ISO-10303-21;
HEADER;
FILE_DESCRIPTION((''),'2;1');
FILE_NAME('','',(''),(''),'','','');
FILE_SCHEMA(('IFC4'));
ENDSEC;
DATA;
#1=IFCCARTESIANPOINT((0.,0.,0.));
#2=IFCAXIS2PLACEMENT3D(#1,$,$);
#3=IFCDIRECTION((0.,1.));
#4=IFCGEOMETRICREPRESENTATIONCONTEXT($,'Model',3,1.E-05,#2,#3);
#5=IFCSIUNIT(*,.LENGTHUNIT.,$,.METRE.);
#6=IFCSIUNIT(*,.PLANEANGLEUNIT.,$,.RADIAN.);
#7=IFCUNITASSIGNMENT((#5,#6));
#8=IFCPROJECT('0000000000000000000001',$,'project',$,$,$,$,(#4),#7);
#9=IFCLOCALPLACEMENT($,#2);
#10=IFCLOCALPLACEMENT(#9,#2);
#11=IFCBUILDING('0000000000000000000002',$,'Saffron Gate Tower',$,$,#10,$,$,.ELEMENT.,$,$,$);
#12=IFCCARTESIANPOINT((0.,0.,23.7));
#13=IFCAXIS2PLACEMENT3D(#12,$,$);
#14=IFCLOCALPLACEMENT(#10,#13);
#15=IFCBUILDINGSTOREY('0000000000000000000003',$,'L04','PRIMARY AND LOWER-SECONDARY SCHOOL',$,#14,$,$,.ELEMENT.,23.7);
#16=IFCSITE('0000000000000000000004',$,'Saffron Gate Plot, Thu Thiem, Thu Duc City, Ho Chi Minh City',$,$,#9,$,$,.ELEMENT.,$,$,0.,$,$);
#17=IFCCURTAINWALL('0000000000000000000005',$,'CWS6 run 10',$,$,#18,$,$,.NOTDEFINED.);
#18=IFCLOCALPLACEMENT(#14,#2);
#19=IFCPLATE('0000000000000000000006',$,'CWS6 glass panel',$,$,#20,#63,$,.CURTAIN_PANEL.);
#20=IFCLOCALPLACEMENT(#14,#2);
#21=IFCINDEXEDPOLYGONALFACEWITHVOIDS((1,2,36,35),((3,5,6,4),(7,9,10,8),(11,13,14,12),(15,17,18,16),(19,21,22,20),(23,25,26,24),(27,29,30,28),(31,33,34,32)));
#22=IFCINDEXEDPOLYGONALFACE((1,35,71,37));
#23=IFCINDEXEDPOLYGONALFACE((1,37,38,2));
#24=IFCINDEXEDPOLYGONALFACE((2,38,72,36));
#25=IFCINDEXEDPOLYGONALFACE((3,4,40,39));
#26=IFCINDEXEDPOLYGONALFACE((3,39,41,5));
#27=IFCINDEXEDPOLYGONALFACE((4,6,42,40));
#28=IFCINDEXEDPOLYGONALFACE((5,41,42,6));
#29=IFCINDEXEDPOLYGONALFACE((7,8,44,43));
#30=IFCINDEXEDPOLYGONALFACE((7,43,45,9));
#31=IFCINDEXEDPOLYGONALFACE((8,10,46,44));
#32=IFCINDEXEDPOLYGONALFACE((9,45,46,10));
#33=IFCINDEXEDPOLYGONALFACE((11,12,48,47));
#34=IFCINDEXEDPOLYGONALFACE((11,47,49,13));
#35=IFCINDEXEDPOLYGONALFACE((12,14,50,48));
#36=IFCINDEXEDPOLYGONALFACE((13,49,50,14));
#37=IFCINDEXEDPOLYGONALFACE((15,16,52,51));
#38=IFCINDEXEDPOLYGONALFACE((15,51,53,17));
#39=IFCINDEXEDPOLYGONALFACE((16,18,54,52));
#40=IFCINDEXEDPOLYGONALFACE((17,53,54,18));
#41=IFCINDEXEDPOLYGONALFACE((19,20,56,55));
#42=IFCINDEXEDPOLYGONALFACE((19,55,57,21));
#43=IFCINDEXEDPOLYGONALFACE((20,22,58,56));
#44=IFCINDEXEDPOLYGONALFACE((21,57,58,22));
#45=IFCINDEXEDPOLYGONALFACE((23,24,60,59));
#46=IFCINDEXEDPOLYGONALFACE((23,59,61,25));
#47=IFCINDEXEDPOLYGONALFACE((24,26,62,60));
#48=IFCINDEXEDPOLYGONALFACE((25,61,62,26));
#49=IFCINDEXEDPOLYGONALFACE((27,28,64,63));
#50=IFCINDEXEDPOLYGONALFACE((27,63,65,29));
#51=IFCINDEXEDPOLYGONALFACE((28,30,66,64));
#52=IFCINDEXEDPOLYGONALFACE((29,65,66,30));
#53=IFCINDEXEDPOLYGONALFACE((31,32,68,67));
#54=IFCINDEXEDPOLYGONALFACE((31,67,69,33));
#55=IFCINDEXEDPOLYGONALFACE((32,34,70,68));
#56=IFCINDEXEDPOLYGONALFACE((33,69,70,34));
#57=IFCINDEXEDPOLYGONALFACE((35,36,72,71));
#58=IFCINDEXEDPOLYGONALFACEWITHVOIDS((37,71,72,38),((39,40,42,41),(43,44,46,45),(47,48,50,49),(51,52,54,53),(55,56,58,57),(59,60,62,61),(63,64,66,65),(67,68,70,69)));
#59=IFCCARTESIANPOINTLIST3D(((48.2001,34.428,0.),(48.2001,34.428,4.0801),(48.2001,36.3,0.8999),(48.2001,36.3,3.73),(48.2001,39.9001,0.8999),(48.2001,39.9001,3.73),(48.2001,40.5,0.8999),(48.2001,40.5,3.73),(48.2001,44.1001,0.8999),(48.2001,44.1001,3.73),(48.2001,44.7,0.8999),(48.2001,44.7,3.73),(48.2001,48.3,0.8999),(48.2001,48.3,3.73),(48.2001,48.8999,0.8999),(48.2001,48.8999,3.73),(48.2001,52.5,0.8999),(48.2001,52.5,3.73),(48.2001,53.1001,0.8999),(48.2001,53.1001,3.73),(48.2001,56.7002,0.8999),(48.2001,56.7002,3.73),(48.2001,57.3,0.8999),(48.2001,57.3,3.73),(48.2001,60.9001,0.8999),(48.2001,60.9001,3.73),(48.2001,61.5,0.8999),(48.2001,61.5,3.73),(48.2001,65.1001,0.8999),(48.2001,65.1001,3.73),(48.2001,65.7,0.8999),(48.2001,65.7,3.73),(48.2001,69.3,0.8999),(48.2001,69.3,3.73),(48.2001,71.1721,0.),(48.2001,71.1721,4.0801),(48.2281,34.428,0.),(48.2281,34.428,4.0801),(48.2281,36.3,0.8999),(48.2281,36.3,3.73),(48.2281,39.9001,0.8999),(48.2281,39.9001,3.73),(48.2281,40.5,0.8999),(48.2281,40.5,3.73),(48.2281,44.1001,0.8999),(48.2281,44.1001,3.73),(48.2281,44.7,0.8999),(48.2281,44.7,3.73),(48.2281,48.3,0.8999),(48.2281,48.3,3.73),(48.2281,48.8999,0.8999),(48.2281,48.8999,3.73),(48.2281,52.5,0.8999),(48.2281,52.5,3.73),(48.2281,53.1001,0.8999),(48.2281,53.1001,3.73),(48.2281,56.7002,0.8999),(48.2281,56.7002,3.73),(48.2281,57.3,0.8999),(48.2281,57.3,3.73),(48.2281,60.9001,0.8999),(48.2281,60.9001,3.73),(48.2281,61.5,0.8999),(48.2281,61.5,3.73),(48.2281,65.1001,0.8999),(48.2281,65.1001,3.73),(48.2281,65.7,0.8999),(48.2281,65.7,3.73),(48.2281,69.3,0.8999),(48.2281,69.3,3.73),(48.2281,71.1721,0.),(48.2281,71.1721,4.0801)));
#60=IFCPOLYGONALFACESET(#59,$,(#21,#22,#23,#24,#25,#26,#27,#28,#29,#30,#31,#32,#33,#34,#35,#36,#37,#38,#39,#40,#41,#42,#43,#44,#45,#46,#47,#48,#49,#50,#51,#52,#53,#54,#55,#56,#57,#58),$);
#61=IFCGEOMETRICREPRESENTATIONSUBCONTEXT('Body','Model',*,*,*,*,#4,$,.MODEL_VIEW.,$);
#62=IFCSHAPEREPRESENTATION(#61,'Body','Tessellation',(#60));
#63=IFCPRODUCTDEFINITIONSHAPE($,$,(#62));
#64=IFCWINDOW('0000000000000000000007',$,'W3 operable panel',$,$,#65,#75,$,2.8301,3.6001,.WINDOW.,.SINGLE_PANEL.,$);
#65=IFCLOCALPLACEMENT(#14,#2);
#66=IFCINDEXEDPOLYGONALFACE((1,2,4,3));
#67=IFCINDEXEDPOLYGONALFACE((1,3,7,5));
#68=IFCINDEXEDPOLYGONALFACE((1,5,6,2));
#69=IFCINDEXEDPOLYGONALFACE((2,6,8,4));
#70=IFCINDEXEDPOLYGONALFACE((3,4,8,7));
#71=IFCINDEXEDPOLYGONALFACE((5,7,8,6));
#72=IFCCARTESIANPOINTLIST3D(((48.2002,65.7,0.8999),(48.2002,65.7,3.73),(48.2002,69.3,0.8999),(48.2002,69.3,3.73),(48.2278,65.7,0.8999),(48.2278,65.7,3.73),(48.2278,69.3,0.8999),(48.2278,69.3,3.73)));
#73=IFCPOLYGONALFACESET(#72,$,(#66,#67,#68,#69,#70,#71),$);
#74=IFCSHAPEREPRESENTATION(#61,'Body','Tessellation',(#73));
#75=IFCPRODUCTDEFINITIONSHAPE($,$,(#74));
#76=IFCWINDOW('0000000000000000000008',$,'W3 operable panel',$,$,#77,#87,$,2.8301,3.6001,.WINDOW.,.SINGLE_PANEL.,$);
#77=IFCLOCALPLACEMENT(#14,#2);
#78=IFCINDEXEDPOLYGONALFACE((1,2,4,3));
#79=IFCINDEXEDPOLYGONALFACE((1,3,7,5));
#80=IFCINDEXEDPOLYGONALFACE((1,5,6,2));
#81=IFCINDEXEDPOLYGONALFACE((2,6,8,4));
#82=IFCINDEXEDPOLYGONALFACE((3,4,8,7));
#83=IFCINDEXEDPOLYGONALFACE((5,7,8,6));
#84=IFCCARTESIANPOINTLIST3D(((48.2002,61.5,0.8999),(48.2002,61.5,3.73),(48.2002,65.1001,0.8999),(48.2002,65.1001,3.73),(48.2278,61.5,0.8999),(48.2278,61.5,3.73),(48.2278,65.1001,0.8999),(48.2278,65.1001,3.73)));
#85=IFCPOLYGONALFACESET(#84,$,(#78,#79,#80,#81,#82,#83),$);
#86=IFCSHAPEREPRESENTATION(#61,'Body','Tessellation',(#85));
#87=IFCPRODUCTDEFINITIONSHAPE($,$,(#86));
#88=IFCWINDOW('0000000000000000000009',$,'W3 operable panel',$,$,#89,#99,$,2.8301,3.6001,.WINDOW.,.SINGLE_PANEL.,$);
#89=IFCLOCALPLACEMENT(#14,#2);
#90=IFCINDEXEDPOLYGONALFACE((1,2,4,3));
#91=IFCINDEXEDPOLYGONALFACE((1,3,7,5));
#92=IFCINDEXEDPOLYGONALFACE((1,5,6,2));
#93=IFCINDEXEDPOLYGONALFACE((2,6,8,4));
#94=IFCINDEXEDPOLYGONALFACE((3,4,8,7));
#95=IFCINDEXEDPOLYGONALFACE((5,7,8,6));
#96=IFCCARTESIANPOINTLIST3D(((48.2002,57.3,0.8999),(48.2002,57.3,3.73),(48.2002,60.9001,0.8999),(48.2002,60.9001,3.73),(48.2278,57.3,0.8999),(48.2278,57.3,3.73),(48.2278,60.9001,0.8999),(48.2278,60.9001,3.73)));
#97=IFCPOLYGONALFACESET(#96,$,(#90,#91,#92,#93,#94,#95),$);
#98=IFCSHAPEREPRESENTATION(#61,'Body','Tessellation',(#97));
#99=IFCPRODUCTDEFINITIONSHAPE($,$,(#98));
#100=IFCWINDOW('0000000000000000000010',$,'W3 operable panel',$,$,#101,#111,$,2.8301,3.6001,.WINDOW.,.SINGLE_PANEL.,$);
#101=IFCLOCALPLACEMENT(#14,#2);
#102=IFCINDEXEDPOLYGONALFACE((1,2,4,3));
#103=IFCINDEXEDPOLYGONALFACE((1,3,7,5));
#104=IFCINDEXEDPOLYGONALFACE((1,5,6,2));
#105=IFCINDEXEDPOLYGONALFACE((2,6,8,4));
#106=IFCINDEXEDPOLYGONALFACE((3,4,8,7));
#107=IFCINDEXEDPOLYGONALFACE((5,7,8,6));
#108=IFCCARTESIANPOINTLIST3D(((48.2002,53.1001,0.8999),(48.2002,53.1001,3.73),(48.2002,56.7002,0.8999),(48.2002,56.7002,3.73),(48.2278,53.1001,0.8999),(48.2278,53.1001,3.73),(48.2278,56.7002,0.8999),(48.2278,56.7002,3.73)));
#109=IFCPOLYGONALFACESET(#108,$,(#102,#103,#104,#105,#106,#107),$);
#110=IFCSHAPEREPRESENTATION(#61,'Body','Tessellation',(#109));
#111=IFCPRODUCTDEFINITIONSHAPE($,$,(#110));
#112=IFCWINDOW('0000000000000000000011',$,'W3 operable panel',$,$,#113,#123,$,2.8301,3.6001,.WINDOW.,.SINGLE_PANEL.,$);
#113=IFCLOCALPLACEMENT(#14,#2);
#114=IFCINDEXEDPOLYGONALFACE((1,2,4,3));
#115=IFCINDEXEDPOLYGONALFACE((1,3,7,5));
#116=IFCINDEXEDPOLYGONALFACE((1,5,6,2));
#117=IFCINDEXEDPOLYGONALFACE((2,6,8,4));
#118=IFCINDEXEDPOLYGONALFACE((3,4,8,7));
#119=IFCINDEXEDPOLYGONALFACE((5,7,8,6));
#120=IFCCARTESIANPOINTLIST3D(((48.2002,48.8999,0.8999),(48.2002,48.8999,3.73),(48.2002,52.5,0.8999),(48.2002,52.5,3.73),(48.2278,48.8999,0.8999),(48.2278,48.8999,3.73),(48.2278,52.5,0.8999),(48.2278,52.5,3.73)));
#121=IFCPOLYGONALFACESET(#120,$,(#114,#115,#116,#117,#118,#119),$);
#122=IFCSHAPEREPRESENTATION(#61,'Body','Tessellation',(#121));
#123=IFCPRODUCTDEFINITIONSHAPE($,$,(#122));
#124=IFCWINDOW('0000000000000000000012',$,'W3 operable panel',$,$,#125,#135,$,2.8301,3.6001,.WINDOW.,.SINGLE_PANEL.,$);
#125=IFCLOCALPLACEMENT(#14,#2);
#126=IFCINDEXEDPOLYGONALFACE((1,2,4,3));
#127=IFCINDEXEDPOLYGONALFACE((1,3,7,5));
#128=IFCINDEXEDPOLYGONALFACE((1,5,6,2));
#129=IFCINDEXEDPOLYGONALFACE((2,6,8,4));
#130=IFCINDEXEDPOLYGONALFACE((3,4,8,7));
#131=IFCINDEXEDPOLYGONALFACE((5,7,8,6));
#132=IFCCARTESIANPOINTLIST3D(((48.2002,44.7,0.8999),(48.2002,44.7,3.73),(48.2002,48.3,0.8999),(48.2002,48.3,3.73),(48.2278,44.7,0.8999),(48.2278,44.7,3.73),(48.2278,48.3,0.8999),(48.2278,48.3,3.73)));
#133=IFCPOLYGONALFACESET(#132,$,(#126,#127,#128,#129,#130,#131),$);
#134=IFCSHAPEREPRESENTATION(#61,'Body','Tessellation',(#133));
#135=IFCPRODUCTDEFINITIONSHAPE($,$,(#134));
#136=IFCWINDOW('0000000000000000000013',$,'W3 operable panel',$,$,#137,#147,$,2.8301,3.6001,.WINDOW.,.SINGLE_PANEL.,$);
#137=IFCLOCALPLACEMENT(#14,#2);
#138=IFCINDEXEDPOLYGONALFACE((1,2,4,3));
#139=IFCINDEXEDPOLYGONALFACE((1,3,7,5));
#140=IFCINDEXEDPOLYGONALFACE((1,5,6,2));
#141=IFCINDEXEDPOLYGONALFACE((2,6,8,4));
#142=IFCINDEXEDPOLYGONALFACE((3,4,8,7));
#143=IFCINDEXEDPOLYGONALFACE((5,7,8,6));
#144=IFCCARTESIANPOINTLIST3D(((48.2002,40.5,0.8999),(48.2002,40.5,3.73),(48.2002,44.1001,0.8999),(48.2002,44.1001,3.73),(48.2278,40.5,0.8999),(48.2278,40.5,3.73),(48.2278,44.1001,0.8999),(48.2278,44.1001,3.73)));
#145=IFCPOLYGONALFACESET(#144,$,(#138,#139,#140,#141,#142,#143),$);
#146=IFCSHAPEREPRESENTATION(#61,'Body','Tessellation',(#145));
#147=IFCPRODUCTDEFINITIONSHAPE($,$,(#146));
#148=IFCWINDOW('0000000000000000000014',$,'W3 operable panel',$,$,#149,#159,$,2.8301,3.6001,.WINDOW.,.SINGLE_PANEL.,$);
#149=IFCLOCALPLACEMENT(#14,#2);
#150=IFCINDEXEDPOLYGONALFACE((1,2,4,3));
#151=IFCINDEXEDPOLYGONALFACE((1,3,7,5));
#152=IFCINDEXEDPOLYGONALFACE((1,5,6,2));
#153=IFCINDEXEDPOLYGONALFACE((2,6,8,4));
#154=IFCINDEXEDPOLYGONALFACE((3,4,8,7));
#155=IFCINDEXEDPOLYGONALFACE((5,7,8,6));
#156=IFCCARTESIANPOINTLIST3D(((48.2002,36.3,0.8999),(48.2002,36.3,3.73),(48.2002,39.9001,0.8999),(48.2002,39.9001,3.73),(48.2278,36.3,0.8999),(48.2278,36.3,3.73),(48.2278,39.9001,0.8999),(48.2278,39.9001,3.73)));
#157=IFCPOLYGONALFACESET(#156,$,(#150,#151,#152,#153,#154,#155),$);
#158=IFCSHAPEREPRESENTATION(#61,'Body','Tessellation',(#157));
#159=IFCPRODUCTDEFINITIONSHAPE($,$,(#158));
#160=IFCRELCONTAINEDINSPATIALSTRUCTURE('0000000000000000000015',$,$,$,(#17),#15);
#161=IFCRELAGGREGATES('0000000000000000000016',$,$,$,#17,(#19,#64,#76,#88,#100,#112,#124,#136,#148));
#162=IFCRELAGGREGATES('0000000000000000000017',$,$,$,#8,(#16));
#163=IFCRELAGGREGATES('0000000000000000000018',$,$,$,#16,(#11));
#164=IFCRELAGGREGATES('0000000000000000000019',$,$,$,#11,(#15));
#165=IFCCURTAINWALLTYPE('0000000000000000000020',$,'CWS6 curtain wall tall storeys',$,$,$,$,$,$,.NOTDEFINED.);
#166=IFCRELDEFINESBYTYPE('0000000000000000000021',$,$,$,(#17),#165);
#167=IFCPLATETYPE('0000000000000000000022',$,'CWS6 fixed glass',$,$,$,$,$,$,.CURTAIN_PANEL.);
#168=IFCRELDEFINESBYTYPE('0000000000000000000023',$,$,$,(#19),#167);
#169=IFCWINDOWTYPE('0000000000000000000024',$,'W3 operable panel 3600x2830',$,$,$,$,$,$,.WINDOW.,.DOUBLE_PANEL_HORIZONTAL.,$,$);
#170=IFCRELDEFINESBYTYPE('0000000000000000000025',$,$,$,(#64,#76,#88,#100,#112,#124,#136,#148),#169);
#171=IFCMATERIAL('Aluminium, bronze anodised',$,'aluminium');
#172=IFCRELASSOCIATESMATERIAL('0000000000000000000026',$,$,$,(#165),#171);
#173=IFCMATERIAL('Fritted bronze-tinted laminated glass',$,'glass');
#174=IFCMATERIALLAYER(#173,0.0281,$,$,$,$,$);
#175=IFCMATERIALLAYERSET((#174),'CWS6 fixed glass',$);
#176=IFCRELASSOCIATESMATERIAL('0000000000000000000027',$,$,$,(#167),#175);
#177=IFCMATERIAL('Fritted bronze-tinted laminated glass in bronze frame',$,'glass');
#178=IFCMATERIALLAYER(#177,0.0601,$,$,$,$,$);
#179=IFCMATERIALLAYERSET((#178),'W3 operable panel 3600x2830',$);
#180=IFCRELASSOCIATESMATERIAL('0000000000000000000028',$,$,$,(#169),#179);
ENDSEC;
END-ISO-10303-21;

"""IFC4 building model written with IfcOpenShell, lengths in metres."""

from ifc_helpers import new_model, si_unit, direction, frame, frame_2d, origin, place, context, subcontext, project, spatial, rectangle, extrude, material, layer, layer_set, type_object, element, fill, aggregate, save


model = new_model("IFC4")

# Units and contexts
model_context = context("Model", 3, precision=1e-05, world=origin(), true_north=direction((0.0, 1.0)))
body_context = subcontext(model_context, "Body", "Model", "MODEL_VIEW")
ifc_project = project(units=[si_unit("LENGTHUNIT", "METRE"), si_unit("PLANEANGLEUNIT", "RADIAN")], contexts=[model_context])

# Site, building, storey
site_placement = place(None, origin())
site = spatial("IfcSite", under=ifc_project, at=site_placement, Name="Saffron Gate Plot, Thu Thiem, Thu Duc City, Ho Chi Minh City", CompositionType="ELEMENT", RefElevation=0.0)
building_placement = place(site_placement, origin())
building = spatial("IfcBuilding", under=site, at=building_placement, Name="Saffron Gate Tower", CompositionType="ELEMENT")
storey_placement = place(building_placement, frame((0.0, 0.0, 23.7)))
storey = spatial("IfcBuildingStorey", under=building, at=storey_placement, Name="L04", Description="PRIMARY AND LOWER-SECONDARY SCHOOL", CompositionType="ELEMENT", Elevation=23.7)

# Shared definitions
ifc_material_1 = material(Name="Aluminium, bronze anodised", Category="aluminium")
curtain_wall_type = type_object("IfcCurtainWallType", Name="CWS6 curtain wall tall storeys", PredefinedType="NOTDEFINED", material=ifc_material_1)

# Curtain wall, plate, openings, windows
curtain_wall_1_placement = place(storey_placement, origin())
curtain_wall_1 = element("IfcCurtainWall", 1, at=curtain_wall_1_placement, inside=storey, type_object=curtain_wall_type, Name="CWS6 run 10", PredefinedType="NOTDEFINED")
ifc_material_2 = material(Name="Fritted bronze-tinted laminated glass", Category="glass")
ifc_layer_1 = layer(ifc_material_2, 0.0281)
ifc_layer_set_1 = layer_set([ifc_layer_1], Name="CWS6 fixed glass")
plate_type = type_object("IfcPlateType", Name="CWS6 fixed glass", PredefinedType="CURTAIN_PANEL", material=ifc_layer_set_1)
plate_placement = place(storey_placement, frame((48.2141, 71.1721, 0.0), z_axis=(0.0, 0.0, 1.0), x_axis=(0.0, -1.0, 0.0)))
plate = element("IfcPlate", 2, at=plate_placement, type_object=plate_type, Name="CWS6 glass panel", PredefinedType="CURTAIN_PANEL", context=body_context, shape_type="SweptSolid", body=[
    extrude(rectangle(XDim=36.7441, YDim=0.0281, at=frame_2d((18.3721, 0.0))), origin(), (0.0, 0.0, 1.0), 4.0801),
])
opening_1_placement = place(plate_placement, frame((1.8721, 0.0, 0.8999)))
opening_1 = element("IfcOpeningElement", 3, at=opening_1_placement, cuts=plate, PredefinedType="OPENING", context=body_context, shape_type="SweptSolid", body=[
    extrude(rectangle(XDim=3.6001, YDim=2.8301, at=frame_2d((1.8, 1.415))), frame((0.0, 0.0239, 0.0), z_axis=(0.0, -1.0, 0.0), x_axis=(1.0, 0.0, 0.0)), (0.0, 0.0, 1.0), 0.0481),
])
opening_2_placement = place(plate_placement, frame((6.072, 0.0, 0.8999)))
opening_2 = element("IfcOpeningElement", 4, at=opening_2_placement, cuts=plate, PredefinedType="OPENING", context=body_context, shape_type="SweptSolid", body=[
    extrude(rectangle(XDim=3.6001, YDim=2.8301, at=frame_2d((1.8, 1.415))), frame((0.0, 0.0239, 0.0), z_axis=(0.0, -1.0, 0.0), x_axis=(1.0, 0.0, 0.0)), (0.0, 0.0, 1.0), 0.0481),
])
opening_3_placement = place(plate_placement, frame((10.272, 0.0, 0.8999)))
opening_3 = element("IfcOpeningElement", 5, at=opening_3_placement, cuts=plate, PredefinedType="OPENING", context=body_context, shape_type="SweptSolid", body=[
    extrude(rectangle(XDim=3.6001, YDim=2.8301, at=frame_2d((1.8, 1.415))), frame((0.0, 0.0239, 0.0), z_axis=(0.0, -1.0, 0.0), x_axis=(1.0, 0.0, 0.0)), (0.0, 0.0, 1.0), 0.0481),
])
opening_4_placement = place(plate_placement, frame((14.4719, 0.0, 0.8999)))
opening_4 = element("IfcOpeningElement", 6, at=opening_4_placement, cuts=plate, PredefinedType="OPENING", context=body_context, shape_type="SweptSolid", body=[
    extrude(rectangle(XDim=3.6001, YDim=2.8301, at=frame_2d((1.8, 1.415))), frame((0.0, 0.0239, 0.0), z_axis=(0.0, -1.0, 0.0), x_axis=(1.0, 0.0, 0.0)), (0.0, 0.0, 1.0), 0.0481),
])
opening_5_placement = place(plate_placement, frame((18.6721, 0.0, 0.8999)))
opening_5 = element("IfcOpeningElement", 7, at=opening_5_placement, cuts=plate, PredefinedType="OPENING", context=body_context, shape_type="SweptSolid", body=[
    extrude(rectangle(XDim=3.6001, YDim=2.8301, at=frame_2d((1.8, 1.415))), frame((0.0, 0.0239, 0.0), z_axis=(0.0, -1.0, 0.0), x_axis=(1.0, 0.0, 0.0)), (0.0, 0.0, 1.0), 0.0481),
])
opening_6_placement = place(plate_placement, frame((22.8721, 0.0, 0.8999)))
opening_6 = element("IfcOpeningElement", 8, at=opening_6_placement, cuts=plate, PredefinedType="OPENING", context=body_context, shape_type="SweptSolid", body=[
    extrude(rectangle(XDim=3.6001, YDim=2.8301, at=frame_2d((1.8, 1.415))), frame((0.0, 0.0239, 0.0), z_axis=(0.0, -1.0, 0.0), x_axis=(1.0, 0.0, 0.0)), (0.0, 0.0, 1.0), 0.0481),
])
opening_7_placement = place(plate_placement, frame((27.072, 0.0, 0.8999)))
opening_7 = element("IfcOpeningElement", 9, at=opening_7_placement, cuts=plate, PredefinedType="OPENING", context=body_context, shape_type="SweptSolid", body=[
    extrude(rectangle(XDim=3.6001, YDim=2.8301, at=frame_2d((1.8, 1.415))), frame((0.0, 0.0239, 0.0), z_axis=(0.0, -1.0, 0.0), x_axis=(1.0, 0.0, 0.0)), (0.0, 0.0, 1.0), 0.0481),
])
opening_8_placement = place(plate_placement, frame((31.272, 0.0, 0.8999)))
opening_8 = element("IfcOpeningElement", 10, at=opening_8_placement, cuts=plate, PredefinedType="OPENING", context=body_context, shape_type="SweptSolid", body=[
    extrude(rectangle(XDim=3.6001, YDim=2.8301, at=frame_2d((1.8, 1.415))), frame((0.0, 0.0239, 0.0), z_axis=(0.0, -1.0, 0.0), x_axis=(1.0, 0.0, 0.0)), (0.0, 0.0, 1.0), 0.0481),
])
ifc_material_3 = material(Name="Fritted bronze-tinted laminated glass in bronze frame", Category="glass")
ifc_layer_2 = layer(ifc_material_3, 0.0601)
ifc_layer_set_2 = layer_set([ifc_layer_2], Name="W3 operable panel 3600x2830")
window_type = type_object("IfcWindowType", Name="W3 operable panel 3600x2830", PartitioningType="DOUBLE_PANEL_HORIZONTAL", PredefinedType="WINDOW", material=ifc_layer_set_2)
window_1_placement = place(opening_1_placement, origin())
window_1 = element("IfcWindow", 11, at=window_1_placement, type_object=window_type, Name="W3 operable panel", OverallHeight=2.8301, OverallWidth=3.6001, PartitioningType="SINGLE_PANEL", PredefinedType="WINDOW", context=body_context, shape_type="SweptSolid", body=[
    extrude(rectangle(XDim=3.6001, YDim=2.8301, at=frame_2d((1.8, 1.415))), frame((0.0, 0.0137, 0.0), z_axis=(0.0, -1.0, 0.0), x_axis=(1.0, 0.0, 0.0)), (0.0, 0.0, 1.0), 0.0276),
])
fill(opening_1, window_1)
window_2_placement = place(opening_2_placement, origin())
window_2 = element("IfcWindow", 12, at=window_2_placement, type_object=window_type, Name="W3 operable panel", OverallHeight=2.8301, OverallWidth=3.6001, PartitioningType="SINGLE_PANEL", PredefinedType="WINDOW", context=body_context, shape_type="SweptSolid", body=[
    extrude(rectangle(XDim=3.6001, YDim=2.8301, at=frame_2d((1.8, 1.415))), frame((0.0, 0.0137, 0.0), z_axis=(0.0, -1.0, 0.0), x_axis=(1.0, 0.0, 0.0)), (0.0, 0.0, 1.0), 0.0276),
])
fill(opening_2, window_2)
window_3_placement = place(opening_3_placement, origin())
window_3 = element("IfcWindow", 13, at=window_3_placement, type_object=window_type, Name="W3 operable panel", OverallHeight=2.8301, OverallWidth=3.6001, PartitioningType="SINGLE_PANEL", PredefinedType="WINDOW", context=body_context, shape_type="SweptSolid", body=[
    extrude(rectangle(XDim=3.6001, YDim=2.8301, at=frame_2d((1.8, 1.415))), frame((0.0, 0.0137, 0.0), z_axis=(0.0, -1.0, 0.0), x_axis=(1.0, 0.0, 0.0)), (0.0, 0.0, 1.0), 0.0276),
])
fill(opening_3, window_3)
window_4_placement = place(opening_4_placement, origin())
window_4 = element("IfcWindow", 14, at=window_4_placement, type_object=window_type, Name="W3 operable panel", OverallHeight=2.8301, OverallWidth=3.6001, PartitioningType="SINGLE_PANEL", PredefinedType="WINDOW", context=body_context, shape_type="SweptSolid", body=[
    extrude(rectangle(XDim=3.6001, YDim=2.8301, at=frame_2d((1.8, 1.415))), frame((0.0, 0.0137, 0.0), z_axis=(0.0, -1.0, 0.0), x_axis=(1.0, 0.0, 0.0)), (0.0, 0.0, 1.0), 0.0276),
])
fill(opening_4, window_4)
window_5_placement = place(opening_5_placement, origin())
window_5 = element("IfcWindow", 15, at=window_5_placement, type_object=window_type, Name="W3 operable panel", OverallHeight=2.8301, OverallWidth=3.6001, PartitioningType="SINGLE_PANEL", PredefinedType="WINDOW", context=body_context, shape_type="SweptSolid", body=[
    extrude(rectangle(XDim=3.6001, YDim=2.8301, at=frame_2d((1.8, 1.415))), frame((0.0, 0.0137, 0.0), z_axis=(0.0, -1.0, 0.0), x_axis=(1.0, 0.0, 0.0)), (0.0, 0.0, 1.0), 0.0276),
])
fill(opening_5, window_5)
window_6_placement = place(opening_6_placement, origin())
window_6 = element("IfcWindow", 16, at=window_6_placement, type_object=window_type, Name="W3 operable panel", OverallHeight=2.8301, OverallWidth=3.6001, PartitioningType="SINGLE_PANEL", PredefinedType="WINDOW", context=body_context, shape_type="SweptSolid", body=[
    extrude(rectangle(XDim=3.6001, YDim=2.8301, at=frame_2d((1.8, 1.415))), frame((0.0, 0.0137, 0.0), z_axis=(0.0, -1.0, 0.0), x_axis=(1.0, 0.0, 0.0)), (0.0, 0.0, 1.0), 0.0276),
])
fill(opening_6, window_6)
window_7_placement = place(opening_7_placement, origin())
window_7 = element("IfcWindow", 17, at=window_7_placement, type_object=window_type, Name="W3 operable panel", OverallHeight=2.8301, OverallWidth=3.6001, PartitioningType="SINGLE_PANEL", PredefinedType="WINDOW", context=body_context, shape_type="SweptSolid", body=[
    extrude(rectangle(XDim=3.6001, YDim=2.8301, at=frame_2d((1.8, 1.415))), frame((0.0, 0.0137, 0.0), z_axis=(0.0, -1.0, 0.0), x_axis=(1.0, 0.0, 0.0)), (0.0, 0.0, 1.0), 0.0276),
])
fill(opening_7, window_7)
window_8_placement = place(opening_8_placement, origin())
window_8 = element("IfcWindow", 18, at=window_8_placement, type_object=window_type, Name="W3 operable panel", OverallHeight=2.8301, OverallWidth=3.6001, PartitioningType="SINGLE_PANEL", PredefinedType="WINDOW", context=body_context, shape_type="SweptSolid", body=[
    extrude(rectangle(XDim=3.6001, YDim=2.8301, at=frame_2d((1.8, 1.415))), frame((0.0, 0.0137, 0.0), z_axis=(0.0, -1.0, 0.0), x_axis=(1.0, 0.0, 0.0)), (0.0, 0.0, 1.0), 0.0276),
])
fill(opening_8, window_8)
aggregate(curtain_wall_1, [plate, window_1, window_2, window_3, window_4, window_5, window_6, window_7, window_8])

save(model, "model.ifc")
